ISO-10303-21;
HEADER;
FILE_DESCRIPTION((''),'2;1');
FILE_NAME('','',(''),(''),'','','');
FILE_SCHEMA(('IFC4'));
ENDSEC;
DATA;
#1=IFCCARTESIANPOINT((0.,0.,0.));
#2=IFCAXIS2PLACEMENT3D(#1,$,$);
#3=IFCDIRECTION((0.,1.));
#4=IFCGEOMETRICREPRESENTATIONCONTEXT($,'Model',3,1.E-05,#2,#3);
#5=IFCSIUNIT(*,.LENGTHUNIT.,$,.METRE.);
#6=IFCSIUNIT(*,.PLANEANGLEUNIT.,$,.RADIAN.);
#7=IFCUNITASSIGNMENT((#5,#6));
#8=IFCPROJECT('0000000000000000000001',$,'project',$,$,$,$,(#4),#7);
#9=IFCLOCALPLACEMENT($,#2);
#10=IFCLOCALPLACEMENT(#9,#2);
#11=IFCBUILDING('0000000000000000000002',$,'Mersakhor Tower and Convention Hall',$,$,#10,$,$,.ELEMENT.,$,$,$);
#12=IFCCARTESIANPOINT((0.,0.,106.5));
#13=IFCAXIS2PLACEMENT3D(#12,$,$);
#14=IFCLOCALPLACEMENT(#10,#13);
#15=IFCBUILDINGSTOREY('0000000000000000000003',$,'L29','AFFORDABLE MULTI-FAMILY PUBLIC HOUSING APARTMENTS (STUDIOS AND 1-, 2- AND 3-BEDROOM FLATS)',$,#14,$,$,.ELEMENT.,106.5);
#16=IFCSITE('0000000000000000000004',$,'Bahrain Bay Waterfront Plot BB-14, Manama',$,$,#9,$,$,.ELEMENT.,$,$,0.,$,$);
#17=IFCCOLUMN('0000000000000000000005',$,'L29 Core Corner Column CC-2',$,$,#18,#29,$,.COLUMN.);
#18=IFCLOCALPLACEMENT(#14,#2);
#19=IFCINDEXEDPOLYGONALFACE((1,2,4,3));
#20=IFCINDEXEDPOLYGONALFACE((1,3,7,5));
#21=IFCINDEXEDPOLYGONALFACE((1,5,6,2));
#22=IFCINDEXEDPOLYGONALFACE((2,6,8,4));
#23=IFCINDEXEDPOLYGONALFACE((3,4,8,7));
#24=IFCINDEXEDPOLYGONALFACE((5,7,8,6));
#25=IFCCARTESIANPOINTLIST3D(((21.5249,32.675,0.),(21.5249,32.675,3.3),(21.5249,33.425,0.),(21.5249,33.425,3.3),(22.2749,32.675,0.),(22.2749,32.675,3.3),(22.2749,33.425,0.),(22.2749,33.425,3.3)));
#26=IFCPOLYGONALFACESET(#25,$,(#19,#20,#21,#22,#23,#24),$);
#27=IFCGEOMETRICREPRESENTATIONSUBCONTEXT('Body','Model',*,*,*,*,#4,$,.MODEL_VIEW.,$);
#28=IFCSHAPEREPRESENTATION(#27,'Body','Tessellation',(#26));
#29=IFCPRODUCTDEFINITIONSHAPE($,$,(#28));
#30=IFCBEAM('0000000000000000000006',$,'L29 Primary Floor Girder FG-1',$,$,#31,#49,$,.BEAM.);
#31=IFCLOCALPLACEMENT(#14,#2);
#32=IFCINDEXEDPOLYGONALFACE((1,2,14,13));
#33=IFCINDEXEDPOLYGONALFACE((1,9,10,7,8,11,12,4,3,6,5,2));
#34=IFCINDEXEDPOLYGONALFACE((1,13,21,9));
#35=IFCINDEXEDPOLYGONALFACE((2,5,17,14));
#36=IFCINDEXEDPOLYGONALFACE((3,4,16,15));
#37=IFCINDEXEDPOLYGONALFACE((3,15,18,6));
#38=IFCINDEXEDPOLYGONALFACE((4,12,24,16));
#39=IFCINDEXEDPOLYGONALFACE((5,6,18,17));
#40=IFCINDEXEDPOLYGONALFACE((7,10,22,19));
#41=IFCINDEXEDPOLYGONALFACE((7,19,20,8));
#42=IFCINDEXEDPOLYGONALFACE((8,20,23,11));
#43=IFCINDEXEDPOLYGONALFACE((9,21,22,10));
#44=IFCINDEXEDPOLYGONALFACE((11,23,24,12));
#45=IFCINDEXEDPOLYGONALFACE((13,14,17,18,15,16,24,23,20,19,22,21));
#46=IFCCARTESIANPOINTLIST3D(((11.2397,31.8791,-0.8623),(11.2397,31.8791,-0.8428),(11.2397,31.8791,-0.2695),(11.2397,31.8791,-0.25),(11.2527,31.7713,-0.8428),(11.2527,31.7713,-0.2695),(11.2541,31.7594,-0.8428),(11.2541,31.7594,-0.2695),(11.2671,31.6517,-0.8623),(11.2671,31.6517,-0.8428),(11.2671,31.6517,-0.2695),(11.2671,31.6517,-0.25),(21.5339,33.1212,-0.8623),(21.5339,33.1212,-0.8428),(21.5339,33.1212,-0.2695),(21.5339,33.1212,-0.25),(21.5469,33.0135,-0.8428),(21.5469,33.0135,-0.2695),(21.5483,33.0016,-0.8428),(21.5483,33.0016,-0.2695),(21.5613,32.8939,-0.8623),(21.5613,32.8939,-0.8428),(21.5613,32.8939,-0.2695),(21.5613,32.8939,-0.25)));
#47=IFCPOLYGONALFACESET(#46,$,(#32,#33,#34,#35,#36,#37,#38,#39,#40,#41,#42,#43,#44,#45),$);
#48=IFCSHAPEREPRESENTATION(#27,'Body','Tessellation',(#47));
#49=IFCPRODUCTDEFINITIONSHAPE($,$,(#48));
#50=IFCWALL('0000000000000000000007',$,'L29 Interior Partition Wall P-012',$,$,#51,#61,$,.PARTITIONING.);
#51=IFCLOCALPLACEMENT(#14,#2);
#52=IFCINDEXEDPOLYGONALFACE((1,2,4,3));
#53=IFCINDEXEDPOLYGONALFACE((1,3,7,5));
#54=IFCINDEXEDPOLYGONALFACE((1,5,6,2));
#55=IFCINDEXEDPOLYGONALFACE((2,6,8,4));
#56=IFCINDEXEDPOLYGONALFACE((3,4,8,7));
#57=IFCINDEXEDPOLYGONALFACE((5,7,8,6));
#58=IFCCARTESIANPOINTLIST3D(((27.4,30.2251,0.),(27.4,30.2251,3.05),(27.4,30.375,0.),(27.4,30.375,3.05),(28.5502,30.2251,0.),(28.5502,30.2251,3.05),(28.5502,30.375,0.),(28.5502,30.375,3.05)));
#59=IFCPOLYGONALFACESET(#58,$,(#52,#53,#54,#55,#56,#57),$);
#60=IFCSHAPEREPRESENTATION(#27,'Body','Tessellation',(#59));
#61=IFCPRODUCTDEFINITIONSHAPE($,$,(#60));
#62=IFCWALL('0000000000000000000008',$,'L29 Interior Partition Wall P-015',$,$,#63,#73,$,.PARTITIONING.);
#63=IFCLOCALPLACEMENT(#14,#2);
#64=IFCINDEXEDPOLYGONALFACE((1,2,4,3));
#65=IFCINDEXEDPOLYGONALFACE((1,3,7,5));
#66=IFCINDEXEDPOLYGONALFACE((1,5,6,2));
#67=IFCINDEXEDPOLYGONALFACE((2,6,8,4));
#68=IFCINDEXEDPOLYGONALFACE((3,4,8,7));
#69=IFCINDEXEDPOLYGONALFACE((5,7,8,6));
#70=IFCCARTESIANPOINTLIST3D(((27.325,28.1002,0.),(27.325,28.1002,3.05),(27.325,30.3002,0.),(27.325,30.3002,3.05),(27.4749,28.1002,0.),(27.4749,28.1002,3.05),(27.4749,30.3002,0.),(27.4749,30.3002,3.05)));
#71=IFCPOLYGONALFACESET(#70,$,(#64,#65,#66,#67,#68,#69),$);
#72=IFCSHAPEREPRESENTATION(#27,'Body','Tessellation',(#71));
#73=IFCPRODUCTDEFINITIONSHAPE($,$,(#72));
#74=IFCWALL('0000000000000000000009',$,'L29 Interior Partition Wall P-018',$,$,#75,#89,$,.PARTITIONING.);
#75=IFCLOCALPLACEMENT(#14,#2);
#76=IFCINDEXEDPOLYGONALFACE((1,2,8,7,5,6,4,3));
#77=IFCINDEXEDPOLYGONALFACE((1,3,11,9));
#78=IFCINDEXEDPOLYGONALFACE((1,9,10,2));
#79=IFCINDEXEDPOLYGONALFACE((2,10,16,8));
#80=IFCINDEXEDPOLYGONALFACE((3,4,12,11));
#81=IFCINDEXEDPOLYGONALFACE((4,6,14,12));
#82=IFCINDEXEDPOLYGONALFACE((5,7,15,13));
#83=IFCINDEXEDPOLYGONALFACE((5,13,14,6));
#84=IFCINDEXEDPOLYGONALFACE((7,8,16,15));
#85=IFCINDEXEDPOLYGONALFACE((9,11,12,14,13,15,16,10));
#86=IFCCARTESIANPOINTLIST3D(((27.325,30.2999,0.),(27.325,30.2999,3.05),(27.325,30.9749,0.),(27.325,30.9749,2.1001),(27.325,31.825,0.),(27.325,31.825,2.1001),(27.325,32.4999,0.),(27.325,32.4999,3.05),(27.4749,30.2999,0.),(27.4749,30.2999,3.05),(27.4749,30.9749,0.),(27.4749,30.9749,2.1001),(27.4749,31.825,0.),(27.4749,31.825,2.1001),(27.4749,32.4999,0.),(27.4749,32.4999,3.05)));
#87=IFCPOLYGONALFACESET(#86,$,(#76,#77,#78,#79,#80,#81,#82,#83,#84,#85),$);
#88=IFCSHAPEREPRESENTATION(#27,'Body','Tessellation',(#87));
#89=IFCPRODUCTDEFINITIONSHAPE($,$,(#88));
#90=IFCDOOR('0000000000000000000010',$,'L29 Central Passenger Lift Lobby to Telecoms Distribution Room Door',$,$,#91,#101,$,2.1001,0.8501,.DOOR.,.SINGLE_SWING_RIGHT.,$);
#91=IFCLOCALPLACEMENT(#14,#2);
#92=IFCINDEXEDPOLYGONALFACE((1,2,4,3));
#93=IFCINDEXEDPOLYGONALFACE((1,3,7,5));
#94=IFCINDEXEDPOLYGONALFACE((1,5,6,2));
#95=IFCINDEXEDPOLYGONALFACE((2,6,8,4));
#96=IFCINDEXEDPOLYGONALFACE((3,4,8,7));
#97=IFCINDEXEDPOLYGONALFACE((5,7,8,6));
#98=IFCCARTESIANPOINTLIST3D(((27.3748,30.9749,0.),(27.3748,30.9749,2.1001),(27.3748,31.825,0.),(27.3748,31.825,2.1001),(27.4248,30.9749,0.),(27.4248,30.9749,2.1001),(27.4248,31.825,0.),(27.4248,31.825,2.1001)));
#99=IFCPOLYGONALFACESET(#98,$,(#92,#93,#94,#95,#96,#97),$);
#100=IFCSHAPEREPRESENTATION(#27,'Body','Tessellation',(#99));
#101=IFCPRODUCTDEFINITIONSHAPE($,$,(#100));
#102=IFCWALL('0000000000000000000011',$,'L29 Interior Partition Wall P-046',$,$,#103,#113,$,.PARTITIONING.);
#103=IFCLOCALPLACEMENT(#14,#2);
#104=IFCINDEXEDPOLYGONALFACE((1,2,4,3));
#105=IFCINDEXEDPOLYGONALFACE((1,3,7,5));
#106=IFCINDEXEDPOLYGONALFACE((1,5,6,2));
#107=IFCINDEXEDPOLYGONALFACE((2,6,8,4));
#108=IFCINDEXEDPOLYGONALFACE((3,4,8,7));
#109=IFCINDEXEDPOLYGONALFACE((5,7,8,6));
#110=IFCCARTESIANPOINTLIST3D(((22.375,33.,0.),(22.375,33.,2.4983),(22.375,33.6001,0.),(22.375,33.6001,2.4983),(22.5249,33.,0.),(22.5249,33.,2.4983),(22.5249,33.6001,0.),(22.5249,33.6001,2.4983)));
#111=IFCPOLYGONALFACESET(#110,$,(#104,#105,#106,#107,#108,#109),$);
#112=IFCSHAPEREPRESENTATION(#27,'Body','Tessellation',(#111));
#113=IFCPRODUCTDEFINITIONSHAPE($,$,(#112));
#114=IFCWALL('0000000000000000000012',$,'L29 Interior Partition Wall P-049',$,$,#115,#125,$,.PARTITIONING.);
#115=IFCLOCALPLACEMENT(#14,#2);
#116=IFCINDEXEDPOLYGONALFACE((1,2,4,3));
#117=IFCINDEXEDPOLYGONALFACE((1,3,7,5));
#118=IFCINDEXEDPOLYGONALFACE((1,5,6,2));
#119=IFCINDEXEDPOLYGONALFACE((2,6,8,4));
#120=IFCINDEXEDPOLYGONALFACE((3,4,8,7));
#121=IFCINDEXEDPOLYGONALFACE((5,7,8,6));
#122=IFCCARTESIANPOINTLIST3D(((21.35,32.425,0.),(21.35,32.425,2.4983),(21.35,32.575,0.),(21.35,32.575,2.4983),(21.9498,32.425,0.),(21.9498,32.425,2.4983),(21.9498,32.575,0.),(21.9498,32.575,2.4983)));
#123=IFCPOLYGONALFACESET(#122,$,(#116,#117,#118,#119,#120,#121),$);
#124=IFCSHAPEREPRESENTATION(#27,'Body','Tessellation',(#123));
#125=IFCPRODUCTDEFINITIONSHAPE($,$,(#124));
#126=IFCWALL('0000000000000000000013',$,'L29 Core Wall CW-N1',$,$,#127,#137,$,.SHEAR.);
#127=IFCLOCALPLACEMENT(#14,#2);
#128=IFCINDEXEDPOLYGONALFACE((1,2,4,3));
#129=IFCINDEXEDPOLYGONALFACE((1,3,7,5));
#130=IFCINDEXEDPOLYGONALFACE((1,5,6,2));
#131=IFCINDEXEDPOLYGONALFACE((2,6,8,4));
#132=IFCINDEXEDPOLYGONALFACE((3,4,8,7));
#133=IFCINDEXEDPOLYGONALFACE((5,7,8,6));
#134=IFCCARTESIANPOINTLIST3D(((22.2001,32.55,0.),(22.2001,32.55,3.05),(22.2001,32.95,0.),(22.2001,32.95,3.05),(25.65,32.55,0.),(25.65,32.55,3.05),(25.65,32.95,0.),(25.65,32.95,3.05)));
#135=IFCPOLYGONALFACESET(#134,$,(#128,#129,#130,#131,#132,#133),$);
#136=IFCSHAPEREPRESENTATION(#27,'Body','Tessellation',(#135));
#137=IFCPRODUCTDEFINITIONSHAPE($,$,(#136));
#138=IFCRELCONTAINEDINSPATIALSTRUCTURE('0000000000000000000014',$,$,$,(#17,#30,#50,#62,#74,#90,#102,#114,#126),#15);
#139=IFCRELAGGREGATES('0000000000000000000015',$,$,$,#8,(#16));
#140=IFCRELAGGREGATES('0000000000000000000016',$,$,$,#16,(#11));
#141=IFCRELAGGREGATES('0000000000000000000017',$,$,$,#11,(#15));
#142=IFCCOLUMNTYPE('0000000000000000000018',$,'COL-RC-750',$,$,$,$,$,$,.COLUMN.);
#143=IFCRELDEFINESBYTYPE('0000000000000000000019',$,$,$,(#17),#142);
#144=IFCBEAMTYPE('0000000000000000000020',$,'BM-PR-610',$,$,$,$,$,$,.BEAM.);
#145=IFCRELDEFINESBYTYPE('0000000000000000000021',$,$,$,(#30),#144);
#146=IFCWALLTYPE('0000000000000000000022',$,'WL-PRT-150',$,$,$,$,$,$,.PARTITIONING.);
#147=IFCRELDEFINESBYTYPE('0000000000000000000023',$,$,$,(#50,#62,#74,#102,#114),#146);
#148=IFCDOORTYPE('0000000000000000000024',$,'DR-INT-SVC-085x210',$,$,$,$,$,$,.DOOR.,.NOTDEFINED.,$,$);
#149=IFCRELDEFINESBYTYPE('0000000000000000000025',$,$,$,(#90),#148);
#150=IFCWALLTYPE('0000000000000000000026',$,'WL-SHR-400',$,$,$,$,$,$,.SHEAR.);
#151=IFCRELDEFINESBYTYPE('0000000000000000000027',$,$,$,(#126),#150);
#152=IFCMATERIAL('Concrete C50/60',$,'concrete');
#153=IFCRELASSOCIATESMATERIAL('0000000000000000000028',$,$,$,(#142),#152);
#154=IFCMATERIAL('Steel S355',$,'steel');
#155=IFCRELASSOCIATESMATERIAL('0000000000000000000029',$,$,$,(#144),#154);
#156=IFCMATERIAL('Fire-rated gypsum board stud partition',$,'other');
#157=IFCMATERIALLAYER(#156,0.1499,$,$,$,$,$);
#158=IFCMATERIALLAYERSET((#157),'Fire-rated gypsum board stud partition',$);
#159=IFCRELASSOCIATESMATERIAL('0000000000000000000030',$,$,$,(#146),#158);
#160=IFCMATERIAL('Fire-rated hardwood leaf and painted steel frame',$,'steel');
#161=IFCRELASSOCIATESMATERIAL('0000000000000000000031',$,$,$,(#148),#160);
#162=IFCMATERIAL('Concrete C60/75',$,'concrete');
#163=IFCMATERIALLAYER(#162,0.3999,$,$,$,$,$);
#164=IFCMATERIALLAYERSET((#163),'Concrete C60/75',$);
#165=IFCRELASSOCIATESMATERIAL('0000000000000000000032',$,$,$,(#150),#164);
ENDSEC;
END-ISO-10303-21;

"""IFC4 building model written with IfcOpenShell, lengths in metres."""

from ifc_helpers import new_model, si_unit, direction, frame, frame_2d, origin, origin_2d, place, context, subcontext, project, spatial, rectangle, i_section, extrude, material, layer, layer_set, material_profile, profile_set, type_object, element, fill, save


model = new_model("IFC4")

# Units and contexts
model_context = context("Model", 3, precision=1e-05, world=origin(), true_north=direction((0.0, 1.0)))
body_context = subcontext(model_context, "Body", "Model", "MODEL_VIEW")
ifc_project = project(units=[si_unit("LENGTHUNIT", "METRE"), si_unit("PLANEANGLEUNIT", "RADIAN")], contexts=[model_context])

# Site, building, storey
site_placement = place(None, origin())
site = spatial("IfcSite", under=ifc_project, at=site_placement, Name="Bahrain Bay Waterfront Plot BB-14, Manama", CompositionType="ELEMENT", RefElevation=0.0)
building_placement = place(site_placement, origin())
building = spatial("IfcBuilding", under=site, at=building_placement, Name="Mersakhor Tower and Convention Hall", CompositionType="ELEMENT")
storey_placement = place(building_placement, frame((0.0, 0.0, 106.5)))
storey = spatial("IfcBuildingStorey", under=building, at=storey_placement, Name="L29", Description="AFFORDABLE MULTI-FAMILY PUBLIC HOUSING APARTMENTS (STUDIOS AND 1-, 2- AND 3-BEDROOM FLATS)", CompositionType="ELEMENT", Elevation=106.5)

# Column
ifc_material_1 = material(Name="Concrete C50/60", Category="concrete")
ifc_material_profile_1 = material_profile(ifc_material_1, rectangle(XDim=0.75, YDim=0.75, at=origin_2d()), Name="RC 750x750")
ifc_profile_set_1 = profile_set([ifc_material_profile_1], Name="Concrete C50/60")
column_type = type_object("IfcColumnType", Name="COL-RC-750", PredefinedType="COLUMN", material=ifc_profile_set_1)
column_placement = place(storey_placement, frame((21.8999, 33.05, 0.0), z_axis=(0.0, 0.0, 1.0), x_axis=(1.0, 0.0, 0.0)))
element("IfcColumn", 1, at=column_placement, inside=storey, type_object=column_type, Name="L29 Core Corner Column CC-2", PredefinedType="COLUMN", context=body_context, shape_type="SweptSolid", body=[
    extrude(rectangle(XDim=0.75, YDim=0.75, at=origin_2d()), origin(), (0.0, 0.0, 1.0), 3.3),
])

# Beam
ifc_material_2 = material(Name="Steel S355", Category="steel")
ifc_material_profile_2 = material_profile(ifc_material_2, i_section(OverallWidth=0.229, OverallDepth=0.6123, WebThickness=0.012, FlangeThickness=0.0195, at=origin_2d()), Name="UB 610x229x125")
ifc_profile_set_2 = profile_set([ifc_material_profile_2], Name="Steel S355")
beam_type = type_object("IfcBeamType", Name="BM-PR-610", PredefinedType="BEAM", material=ifc_profile_set_2)
beam_placement = place(storey_placement, frame((21.5476, 33.0076, -0.5562), z_axis=(-0.992798, -0.1198, 0.0), x_axis=(0.1198, -0.992798, 0.0)))
element("IfcBeam", 2, at=beam_placement, inside=storey, type_object=beam_type, Name="L29 Primary Floor Girder FG-1", PredefinedType="BEAM", context=body_context, shape_type="SweptSolid", body=[
    extrude(i_section(OverallWidth=0.229, OverallDepth=0.6123, WebThickness=0.012, FlangeThickness=0.0195, at=origin_2d()), origin(), (0.0, 0.0, 1.0), 10.3689),
])

# Walls
ifc_material_3 = material(Name="Fire-rated gypsum board stud partition", Category="other")
ifc_layer_1 = layer(ifc_material_3, 0.1499)
ifc_layer_set_1 = layer_set([ifc_layer_1], Name="Fire-rated gypsum board stud partition")
wall_type_1 = type_object("IfcWallType", Name="WL-PRT-150", PredefinedType="PARTITIONING", material=ifc_layer_set_1)
wall_1_placement = place(storey_placement, frame((27.3999, 30.3, 0.0), z_axis=(0.0, 0.0, 1.0), x_axis=(1.0, 0.0, 0.0)))
element("IfcWall", 3, at=wall_1_placement, inside=storey, type_object=wall_type_1, Name="L29 Interior Partition Wall P-012", PredefinedType="PARTITIONING", context=body_context, shape_type="SweptSolid", body=[
    extrude(rectangle(XDim=1.1501, YDim=0.1499, at=frame_2d((0.5752, 0.0))), origin(), (0.0, 0.0, 1.0), 3.05),
])
wall_2_placement = place(storey_placement, frame((27.3999, 28.1001, 0.0), z_axis=(0.0, 0.0, 1.0), x_axis=(0.0, 1.0, 0.0)))
element("IfcWall", 4, at=wall_2_placement, inside=storey, type_object=wall_type_1, Name="L29 Interior Partition Wall P-015", PredefinedType="PARTITIONING", context=body_context, shape_type="SweptSolid", body=[
    extrude(rectangle(XDim=2.2, YDim=0.1499, at=frame_2d((1.1001, 0.0))), origin(), (0.0, 0.0, 1.0), 3.05),
])

# Wall, opening, door
wall_3_placement = place(storey_placement, frame((27.3999, 32.5, 0.0), z_axis=(0.0, 0.0, 1.0), x_axis=(0.0, -1.0, 0.0)))
wall_3 = element("IfcWall", 5, at=wall_3_placement, inside=storey, type_object=wall_type_1, Name="L29 Interior Partition Wall P-018", PredefinedType="PARTITIONING", context=body_context, shape_type="SweptSolid", body=[
    extrude(rectangle(XDim=2.2, YDim=0.1499, at=frame_2d((1.1001, 0.0))), origin(), (0.0, 0.0, 1.0), 3.05),
])
opening_1_placement = place(wall_3_placement, frame((0.675, 0.0, 0.0)))
opening_1 = element("IfcOpeningElement", 6, at=opening_1_placement, cuts=wall_3, PredefinedType="OPENING", context=body_context, shape_type="SweptSolid", body=[
    extrude(rectangle(XDim=0.8501, YDim=2.1001, at=frame_2d((0.425, 1.05))), frame((0.0, 0.085, 0.0), z_axis=(0.0, -1.0, 0.0), x_axis=(1.0, 0.0, 0.0)), (0.0, 0.0, 1.0), 0.1699),
])
ifc_material_4 = material(Name="Fire-rated hardwood leaf and painted steel frame", Category="steel")
door_type_1 = type_object("IfcDoorType", Name="DR-INT-SVC-085x210", OperationType="NOTDEFINED", PredefinedType="DOOR", material=ifc_material_4)
door_1_placement = place(opening_1_placement, origin())
door_1 = element("IfcDoor", 7, at=door_1_placement, inside=storey, type_object=door_type_1, Name="L29 Central Passenger Lift Lobby to Telecoms Distribution Room Door", OperationType="SINGLE_SWING_RIGHT", OverallHeight=2.1001, OverallWidth=0.8501, PredefinedType="DOOR", context=body_context, shape_type="SweptSolid", body=[
    extrude(rectangle(XDim=0.8501, YDim=2.1001, at=frame_2d((0.425, 1.05))), frame((0.0, 0.0249, 0.0), z_axis=(0.0, -1.0, 0.0), x_axis=(1.0, 0.0, 0.0)), (0.0, 0.0, 1.0), 0.05),
])
fill(opening_1, door_1)

# Walls
wall_4_placement = place(storey_placement, frame((22.45, 33.0, 0.0), z_axis=(0.0, 0.0, 1.0), x_axis=(0.0, 1.0, 0.0)))
element("IfcWall", 8, at=wall_4_placement, inside=storey, type_object=wall_type_1, Name="L29 Interior Partition Wall P-046", PredefinedType="PARTITIONING", context=body_context, shape_type="SweptSolid", body=[
    extrude(rectangle(XDim=0.6001, YDim=0.1499, at=frame_2d((0.3, 0.0))), origin(), (0.0, 0.0, 1.0), 2.4983),
])
wall_5_placement = place(storey_placement, frame((21.3501, 32.5, 0.0), z_axis=(0.0, 0.0, 1.0), x_axis=(1.0, 0.0, 0.0)))
element("IfcWall", 9, at=wall_5_placement, inside=storey, type_object=wall_type_1, Name="L29 Interior Partition Wall P-049", PredefinedType="PARTITIONING", context=body_context, shape_type="SweptSolid", body=[
    extrude(rectangle(XDim=0.5999, YDim=0.1499, at=frame_2d((0.2998, 0.0))), origin(), (0.0, 0.0, 1.0), 2.4983),
])

# Wall
ifc_material_5 = material(Name="Concrete C60/75", Category="concrete")
ifc_layer_2 = layer(ifc_material_5, 0.3999)
ifc_layer_set_2 = layer_set([ifc_layer_2], Name="Concrete C60/75")
wall_type_2 = type_object("IfcWallType", Name="WL-SHR-400", PredefinedType="SHEAR", material=ifc_layer_set_2)
wall_6_placement = place(storey_placement, frame((22.2, 32.75, 0.0), z_axis=(0.0, 0.0, 1.0), x_axis=(1.0, 0.0, 0.0)))
element("IfcWall", 10, at=wall_6_placement, inside=storey, type_object=wall_type_2, Name="L29 Core Wall CW-N1", PredefinedType="SHEAR", context=body_context, shape_type="SweptSolid", body=[
    extrude(rectangle(XDim=3.45, YDim=0.3999, at=frame_2d((1.7251, 0.0))), origin(), (0.0, 0.0, 1.0), 3.05),
])

save(model, "model.ifc")
